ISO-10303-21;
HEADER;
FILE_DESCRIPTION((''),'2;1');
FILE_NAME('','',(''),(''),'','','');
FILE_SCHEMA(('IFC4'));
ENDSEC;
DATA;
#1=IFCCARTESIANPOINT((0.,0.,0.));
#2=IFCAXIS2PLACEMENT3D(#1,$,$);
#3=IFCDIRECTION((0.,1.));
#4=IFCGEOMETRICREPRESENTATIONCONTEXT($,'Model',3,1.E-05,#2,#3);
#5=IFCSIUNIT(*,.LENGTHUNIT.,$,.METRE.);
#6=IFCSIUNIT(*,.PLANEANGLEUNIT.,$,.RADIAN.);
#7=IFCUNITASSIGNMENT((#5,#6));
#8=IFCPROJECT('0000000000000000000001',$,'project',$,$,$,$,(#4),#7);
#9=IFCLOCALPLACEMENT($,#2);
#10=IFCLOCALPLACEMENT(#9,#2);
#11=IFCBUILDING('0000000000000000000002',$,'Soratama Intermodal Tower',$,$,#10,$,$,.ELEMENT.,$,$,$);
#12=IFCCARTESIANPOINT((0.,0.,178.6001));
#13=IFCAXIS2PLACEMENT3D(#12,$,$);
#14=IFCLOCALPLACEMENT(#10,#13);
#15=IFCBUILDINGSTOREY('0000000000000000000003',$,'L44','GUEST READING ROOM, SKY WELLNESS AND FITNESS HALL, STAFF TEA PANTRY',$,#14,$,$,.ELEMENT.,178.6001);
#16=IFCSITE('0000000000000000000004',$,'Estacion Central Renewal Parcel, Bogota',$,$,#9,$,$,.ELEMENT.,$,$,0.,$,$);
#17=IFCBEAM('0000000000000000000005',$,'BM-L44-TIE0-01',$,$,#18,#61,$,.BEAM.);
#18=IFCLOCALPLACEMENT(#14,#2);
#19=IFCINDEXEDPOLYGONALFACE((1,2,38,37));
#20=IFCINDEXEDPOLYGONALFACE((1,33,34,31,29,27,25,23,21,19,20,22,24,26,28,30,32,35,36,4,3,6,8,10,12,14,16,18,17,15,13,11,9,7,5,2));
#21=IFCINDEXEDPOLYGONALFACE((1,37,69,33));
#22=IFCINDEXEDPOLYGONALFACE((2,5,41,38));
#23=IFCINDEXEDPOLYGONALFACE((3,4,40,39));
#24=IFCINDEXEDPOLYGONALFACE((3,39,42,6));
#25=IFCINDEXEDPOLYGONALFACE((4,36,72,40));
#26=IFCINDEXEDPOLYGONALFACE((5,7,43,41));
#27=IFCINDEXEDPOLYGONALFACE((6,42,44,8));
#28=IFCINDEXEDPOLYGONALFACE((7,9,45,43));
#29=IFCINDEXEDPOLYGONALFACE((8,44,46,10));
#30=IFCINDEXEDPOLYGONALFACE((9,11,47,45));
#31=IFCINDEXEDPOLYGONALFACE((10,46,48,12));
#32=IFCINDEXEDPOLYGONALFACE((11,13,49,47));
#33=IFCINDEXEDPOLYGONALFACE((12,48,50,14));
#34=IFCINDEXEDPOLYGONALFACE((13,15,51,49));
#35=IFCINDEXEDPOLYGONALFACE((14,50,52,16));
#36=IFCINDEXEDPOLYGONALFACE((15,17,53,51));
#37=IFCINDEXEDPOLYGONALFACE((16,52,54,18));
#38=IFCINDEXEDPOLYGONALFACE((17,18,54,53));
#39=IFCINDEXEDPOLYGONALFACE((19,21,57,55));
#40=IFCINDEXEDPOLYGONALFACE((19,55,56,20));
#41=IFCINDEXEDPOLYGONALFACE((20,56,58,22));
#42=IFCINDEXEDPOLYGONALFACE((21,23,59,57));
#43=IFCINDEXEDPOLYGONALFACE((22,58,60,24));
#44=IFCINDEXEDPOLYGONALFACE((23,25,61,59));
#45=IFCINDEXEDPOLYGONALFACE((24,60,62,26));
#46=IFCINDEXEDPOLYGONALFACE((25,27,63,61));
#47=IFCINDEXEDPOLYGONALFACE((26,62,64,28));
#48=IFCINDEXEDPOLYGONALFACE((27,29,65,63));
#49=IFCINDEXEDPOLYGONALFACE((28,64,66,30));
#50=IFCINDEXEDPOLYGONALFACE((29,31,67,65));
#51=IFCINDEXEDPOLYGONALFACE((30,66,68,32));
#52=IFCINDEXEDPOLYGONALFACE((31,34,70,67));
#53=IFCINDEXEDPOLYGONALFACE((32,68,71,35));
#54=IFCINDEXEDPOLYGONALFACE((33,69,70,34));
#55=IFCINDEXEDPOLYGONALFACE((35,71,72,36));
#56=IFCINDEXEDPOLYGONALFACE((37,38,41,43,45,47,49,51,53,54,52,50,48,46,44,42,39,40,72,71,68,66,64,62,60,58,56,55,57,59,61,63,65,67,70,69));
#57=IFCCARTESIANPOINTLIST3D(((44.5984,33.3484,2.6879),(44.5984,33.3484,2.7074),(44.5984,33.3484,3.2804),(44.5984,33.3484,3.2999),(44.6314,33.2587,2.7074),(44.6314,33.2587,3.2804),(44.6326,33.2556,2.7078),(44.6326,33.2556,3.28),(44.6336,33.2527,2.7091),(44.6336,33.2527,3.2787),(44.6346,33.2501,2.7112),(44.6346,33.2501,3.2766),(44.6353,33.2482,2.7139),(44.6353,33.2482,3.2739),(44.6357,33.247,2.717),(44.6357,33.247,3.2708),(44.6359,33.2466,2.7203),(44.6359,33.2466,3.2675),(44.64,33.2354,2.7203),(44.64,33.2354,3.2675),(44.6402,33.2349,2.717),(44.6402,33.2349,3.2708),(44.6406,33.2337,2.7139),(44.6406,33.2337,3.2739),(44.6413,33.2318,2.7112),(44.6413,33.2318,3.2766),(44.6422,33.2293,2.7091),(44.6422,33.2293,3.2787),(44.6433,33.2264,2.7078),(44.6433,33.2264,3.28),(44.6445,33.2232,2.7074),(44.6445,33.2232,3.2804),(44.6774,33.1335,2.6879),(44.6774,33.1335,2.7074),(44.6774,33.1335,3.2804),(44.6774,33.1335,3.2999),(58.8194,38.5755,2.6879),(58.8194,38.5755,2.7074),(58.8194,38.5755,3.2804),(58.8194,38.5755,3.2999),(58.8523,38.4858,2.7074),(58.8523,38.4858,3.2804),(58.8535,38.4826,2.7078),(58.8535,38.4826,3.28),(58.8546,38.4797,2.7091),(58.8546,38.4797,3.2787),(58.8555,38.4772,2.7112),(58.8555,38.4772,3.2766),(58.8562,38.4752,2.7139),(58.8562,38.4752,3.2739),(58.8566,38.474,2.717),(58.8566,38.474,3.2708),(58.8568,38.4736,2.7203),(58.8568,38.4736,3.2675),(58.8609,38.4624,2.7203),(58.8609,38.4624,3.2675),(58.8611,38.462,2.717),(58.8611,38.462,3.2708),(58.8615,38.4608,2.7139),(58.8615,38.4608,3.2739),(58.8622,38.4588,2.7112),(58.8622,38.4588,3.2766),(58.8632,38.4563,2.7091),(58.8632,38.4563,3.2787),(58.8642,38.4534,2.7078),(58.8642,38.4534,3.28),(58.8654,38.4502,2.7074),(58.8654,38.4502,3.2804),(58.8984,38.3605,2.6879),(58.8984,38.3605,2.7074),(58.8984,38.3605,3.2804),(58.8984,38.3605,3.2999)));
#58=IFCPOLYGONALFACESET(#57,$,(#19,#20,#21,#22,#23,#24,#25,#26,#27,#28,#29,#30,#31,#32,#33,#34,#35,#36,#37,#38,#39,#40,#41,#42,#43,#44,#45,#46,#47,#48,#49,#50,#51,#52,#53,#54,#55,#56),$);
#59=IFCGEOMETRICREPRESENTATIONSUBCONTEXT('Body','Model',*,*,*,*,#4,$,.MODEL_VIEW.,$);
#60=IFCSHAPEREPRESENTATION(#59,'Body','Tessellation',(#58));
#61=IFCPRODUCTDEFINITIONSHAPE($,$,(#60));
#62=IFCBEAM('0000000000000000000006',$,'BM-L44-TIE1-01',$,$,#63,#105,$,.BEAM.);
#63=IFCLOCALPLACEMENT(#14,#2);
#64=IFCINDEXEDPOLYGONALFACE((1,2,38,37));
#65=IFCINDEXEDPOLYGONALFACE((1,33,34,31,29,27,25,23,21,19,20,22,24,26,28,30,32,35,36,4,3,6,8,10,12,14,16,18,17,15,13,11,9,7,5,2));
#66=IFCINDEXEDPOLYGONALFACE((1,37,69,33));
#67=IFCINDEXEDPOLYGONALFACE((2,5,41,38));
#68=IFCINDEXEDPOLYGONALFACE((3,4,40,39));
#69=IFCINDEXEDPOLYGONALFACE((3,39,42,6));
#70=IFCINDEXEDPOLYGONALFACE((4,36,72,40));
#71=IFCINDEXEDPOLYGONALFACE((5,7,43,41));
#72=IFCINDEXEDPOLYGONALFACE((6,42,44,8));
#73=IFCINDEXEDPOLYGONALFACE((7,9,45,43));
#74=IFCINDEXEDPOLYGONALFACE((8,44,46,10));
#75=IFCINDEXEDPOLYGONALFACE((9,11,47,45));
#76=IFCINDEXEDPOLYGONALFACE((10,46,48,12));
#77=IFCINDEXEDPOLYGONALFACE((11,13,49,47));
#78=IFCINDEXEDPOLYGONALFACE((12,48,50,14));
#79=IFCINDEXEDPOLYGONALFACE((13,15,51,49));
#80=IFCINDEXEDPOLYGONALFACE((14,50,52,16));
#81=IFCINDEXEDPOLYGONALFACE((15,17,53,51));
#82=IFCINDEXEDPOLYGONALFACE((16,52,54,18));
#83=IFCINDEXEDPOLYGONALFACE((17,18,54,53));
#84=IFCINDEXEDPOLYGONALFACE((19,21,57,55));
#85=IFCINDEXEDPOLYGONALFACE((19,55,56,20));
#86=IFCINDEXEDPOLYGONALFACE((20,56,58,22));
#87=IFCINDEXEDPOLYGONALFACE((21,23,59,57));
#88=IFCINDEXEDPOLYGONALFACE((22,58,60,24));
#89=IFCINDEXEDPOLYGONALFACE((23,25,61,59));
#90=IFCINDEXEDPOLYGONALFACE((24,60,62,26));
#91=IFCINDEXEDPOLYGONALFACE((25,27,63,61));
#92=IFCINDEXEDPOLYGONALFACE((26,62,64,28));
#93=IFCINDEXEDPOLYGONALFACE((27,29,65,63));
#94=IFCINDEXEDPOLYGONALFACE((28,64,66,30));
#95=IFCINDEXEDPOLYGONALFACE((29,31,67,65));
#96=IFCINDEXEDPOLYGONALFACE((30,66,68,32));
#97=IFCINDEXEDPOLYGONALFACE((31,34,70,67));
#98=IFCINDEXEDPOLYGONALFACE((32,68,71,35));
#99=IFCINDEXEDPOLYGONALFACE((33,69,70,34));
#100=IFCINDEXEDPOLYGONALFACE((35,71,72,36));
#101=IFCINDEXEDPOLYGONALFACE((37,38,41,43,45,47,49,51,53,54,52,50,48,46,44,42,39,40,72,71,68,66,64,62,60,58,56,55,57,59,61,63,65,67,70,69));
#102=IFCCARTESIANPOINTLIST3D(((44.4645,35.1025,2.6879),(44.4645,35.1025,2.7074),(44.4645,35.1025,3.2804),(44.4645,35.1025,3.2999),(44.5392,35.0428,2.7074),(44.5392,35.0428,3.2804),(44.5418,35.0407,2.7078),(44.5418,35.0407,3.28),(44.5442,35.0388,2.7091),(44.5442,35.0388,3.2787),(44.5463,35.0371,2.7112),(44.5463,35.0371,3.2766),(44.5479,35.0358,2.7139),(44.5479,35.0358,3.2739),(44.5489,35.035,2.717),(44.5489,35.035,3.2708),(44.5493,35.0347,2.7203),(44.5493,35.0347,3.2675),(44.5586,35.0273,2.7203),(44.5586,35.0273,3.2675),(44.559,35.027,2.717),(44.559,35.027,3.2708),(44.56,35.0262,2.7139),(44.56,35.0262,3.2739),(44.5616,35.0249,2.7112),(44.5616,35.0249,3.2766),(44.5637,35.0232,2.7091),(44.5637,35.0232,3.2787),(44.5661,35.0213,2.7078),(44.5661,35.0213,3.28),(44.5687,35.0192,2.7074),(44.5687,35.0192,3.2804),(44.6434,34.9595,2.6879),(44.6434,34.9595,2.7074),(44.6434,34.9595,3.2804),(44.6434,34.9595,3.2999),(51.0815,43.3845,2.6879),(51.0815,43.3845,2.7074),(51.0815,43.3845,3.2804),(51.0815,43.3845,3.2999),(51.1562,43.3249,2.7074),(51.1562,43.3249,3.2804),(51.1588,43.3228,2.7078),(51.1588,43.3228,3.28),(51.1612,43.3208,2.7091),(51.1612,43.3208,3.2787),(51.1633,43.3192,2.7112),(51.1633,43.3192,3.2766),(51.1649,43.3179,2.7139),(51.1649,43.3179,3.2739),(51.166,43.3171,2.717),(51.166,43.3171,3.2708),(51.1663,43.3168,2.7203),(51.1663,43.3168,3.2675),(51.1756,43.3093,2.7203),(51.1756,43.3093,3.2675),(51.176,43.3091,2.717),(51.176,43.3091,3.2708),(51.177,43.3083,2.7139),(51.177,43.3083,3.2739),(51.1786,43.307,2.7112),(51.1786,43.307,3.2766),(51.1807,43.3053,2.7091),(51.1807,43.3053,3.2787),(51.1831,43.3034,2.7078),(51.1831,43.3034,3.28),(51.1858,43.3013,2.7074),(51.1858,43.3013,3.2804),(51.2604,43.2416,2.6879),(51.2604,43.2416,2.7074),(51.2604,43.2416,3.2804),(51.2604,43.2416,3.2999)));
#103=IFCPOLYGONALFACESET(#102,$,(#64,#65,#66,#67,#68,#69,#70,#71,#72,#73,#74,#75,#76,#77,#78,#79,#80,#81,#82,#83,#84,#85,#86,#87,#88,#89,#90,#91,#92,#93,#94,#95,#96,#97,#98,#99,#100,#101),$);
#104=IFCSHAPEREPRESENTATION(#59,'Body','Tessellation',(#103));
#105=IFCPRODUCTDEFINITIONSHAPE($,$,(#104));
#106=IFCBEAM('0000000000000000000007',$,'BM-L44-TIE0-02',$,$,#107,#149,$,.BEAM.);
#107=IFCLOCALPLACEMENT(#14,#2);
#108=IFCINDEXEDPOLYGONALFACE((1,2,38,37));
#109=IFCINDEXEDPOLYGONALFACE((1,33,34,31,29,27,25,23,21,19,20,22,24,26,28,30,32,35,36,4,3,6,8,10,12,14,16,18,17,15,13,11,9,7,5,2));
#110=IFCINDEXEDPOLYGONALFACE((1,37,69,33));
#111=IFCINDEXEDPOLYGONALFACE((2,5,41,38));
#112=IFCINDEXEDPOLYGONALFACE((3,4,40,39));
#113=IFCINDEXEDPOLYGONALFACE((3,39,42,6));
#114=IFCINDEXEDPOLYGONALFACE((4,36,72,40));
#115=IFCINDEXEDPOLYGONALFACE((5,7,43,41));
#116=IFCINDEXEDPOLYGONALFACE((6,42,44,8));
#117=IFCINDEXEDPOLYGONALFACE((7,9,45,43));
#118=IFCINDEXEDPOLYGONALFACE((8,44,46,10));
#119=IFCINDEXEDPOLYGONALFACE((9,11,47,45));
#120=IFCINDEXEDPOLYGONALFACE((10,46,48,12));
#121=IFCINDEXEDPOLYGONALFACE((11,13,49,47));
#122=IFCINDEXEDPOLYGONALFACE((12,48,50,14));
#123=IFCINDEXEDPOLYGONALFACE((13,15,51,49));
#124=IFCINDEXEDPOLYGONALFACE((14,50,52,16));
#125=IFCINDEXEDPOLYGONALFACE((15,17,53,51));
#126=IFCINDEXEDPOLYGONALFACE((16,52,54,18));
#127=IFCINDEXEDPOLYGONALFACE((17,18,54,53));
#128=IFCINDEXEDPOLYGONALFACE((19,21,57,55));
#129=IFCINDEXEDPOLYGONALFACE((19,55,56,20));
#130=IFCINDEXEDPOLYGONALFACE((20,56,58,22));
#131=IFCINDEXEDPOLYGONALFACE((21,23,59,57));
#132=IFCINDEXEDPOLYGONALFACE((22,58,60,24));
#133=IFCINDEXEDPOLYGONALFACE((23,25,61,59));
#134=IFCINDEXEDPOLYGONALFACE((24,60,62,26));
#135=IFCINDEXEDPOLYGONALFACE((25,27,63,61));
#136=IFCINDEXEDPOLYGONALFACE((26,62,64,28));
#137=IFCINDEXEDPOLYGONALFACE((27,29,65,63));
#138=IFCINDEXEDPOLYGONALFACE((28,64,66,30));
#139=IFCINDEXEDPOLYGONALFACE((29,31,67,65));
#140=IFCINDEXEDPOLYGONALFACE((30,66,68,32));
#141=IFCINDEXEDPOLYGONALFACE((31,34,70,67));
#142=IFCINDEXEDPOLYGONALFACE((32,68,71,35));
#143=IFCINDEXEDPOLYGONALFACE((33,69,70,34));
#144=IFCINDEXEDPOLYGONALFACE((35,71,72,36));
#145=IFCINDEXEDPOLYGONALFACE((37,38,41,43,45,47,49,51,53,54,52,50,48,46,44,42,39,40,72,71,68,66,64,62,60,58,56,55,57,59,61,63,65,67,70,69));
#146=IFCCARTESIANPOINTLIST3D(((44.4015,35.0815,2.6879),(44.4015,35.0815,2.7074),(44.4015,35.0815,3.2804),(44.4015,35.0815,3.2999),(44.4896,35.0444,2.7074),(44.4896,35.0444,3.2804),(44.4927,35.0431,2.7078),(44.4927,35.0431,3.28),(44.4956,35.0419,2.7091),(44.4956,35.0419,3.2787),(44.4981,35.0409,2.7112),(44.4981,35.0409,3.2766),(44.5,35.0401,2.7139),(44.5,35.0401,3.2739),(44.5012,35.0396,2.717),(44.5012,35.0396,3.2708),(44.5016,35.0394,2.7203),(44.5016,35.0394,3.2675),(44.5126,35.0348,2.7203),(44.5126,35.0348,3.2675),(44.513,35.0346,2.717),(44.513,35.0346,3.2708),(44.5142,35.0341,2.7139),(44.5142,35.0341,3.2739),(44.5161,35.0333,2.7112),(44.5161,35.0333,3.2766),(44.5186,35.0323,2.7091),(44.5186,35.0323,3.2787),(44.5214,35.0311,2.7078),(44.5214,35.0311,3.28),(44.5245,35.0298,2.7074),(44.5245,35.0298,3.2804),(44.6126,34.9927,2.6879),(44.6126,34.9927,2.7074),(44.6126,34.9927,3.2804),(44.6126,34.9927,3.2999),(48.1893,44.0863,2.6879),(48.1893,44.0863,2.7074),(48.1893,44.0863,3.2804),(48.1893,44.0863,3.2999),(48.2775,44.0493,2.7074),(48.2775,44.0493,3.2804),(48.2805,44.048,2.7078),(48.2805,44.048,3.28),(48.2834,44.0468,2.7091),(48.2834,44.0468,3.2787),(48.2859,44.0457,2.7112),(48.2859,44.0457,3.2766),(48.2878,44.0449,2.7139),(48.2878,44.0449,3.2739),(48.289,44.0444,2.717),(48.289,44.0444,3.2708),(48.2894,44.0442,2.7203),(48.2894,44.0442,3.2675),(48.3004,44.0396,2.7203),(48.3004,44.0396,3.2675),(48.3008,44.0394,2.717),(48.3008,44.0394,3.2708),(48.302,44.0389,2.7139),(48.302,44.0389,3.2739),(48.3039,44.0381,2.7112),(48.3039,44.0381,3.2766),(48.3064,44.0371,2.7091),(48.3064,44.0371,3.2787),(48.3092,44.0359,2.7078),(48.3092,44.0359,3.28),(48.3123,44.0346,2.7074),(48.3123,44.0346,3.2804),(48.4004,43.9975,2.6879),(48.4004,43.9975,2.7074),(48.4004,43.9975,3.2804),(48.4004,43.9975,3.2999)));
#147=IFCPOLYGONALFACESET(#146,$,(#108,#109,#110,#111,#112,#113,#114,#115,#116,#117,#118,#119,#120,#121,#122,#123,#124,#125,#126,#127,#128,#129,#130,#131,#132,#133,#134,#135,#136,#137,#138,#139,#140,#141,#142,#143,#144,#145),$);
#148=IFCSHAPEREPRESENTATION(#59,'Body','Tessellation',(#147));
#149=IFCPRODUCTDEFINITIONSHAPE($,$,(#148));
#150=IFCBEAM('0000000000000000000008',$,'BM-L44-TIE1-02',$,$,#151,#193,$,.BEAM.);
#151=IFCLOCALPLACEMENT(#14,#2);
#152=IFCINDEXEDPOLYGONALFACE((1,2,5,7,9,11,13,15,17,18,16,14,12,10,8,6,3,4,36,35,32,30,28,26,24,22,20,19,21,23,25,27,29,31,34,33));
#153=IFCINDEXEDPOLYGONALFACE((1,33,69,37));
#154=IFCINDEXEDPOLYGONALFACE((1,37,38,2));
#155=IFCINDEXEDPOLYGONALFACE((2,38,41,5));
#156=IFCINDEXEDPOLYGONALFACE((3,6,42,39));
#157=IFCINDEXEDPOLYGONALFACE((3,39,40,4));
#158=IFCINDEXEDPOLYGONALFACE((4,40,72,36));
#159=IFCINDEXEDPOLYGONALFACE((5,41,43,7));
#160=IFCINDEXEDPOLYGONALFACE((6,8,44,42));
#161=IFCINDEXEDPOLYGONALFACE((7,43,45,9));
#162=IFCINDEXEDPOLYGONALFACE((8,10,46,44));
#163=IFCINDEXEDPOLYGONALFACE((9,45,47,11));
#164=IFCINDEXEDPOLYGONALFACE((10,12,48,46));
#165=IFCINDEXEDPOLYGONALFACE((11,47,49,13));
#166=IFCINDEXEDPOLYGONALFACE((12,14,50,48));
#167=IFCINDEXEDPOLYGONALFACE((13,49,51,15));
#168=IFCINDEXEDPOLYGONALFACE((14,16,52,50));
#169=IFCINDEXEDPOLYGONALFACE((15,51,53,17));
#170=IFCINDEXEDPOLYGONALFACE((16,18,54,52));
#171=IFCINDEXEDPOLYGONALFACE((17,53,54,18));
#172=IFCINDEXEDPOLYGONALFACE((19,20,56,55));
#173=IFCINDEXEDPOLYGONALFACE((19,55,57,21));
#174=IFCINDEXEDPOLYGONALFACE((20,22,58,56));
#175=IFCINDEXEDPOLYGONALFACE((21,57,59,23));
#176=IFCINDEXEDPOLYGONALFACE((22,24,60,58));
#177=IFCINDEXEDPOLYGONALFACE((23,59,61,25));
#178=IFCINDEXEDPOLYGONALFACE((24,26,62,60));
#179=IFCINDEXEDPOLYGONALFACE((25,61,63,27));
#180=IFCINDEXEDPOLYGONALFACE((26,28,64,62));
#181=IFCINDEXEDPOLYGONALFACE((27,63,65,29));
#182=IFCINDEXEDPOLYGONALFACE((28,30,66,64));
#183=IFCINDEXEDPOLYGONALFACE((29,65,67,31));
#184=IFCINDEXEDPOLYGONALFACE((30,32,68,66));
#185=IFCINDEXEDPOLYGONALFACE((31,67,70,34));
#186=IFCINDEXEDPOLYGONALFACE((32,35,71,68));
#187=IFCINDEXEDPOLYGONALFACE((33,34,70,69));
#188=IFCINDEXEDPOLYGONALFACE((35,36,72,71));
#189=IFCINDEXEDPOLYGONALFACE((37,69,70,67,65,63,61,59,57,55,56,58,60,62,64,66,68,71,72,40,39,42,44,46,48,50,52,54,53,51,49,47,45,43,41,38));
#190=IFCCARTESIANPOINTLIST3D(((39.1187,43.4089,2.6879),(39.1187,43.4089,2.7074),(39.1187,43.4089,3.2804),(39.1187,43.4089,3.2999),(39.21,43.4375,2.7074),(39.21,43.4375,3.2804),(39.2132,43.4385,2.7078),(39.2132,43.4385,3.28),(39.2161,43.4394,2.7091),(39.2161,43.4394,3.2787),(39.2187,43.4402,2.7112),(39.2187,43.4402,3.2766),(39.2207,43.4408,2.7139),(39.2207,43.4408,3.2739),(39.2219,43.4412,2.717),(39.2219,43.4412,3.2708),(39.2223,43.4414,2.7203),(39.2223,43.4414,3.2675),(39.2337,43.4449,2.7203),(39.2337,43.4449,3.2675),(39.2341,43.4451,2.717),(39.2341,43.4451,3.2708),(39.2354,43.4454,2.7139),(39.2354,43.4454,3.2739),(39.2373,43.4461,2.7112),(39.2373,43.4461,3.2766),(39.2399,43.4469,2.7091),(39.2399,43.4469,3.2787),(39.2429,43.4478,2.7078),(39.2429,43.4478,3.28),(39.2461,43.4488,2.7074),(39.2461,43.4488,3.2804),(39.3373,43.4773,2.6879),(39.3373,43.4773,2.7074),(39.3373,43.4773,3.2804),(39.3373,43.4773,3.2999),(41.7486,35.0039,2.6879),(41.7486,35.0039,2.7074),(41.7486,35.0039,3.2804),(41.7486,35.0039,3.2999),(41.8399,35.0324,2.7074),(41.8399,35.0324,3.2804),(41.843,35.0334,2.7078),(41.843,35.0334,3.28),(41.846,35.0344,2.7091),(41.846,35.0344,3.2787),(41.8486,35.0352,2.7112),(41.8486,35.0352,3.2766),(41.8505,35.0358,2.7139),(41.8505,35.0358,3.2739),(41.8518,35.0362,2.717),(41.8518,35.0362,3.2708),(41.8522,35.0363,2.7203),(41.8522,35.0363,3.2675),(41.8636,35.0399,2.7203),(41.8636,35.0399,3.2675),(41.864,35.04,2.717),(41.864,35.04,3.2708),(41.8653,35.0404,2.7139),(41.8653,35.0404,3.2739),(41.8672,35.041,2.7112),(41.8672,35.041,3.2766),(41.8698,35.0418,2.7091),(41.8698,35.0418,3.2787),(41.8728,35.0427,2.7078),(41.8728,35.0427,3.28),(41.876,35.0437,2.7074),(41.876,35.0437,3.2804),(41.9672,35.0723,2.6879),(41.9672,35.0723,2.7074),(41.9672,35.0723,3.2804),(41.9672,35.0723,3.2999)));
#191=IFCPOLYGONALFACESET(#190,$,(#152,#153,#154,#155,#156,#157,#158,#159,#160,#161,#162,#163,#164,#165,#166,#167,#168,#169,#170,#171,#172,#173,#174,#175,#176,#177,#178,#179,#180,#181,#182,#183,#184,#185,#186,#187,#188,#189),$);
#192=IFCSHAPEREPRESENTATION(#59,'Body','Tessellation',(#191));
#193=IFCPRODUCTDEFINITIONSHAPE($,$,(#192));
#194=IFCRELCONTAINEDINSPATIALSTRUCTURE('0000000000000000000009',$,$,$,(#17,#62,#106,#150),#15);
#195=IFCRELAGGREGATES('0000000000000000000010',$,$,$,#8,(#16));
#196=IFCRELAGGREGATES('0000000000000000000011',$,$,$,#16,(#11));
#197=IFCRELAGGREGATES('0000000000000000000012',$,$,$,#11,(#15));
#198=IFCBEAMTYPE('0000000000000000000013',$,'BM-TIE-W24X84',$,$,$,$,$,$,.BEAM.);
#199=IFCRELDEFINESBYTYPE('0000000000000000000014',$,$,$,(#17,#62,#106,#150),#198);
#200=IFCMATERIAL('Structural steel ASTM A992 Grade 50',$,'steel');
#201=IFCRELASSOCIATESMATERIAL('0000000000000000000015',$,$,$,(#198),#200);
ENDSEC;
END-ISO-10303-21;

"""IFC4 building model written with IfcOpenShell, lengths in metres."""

from ifc_helpers import new_model, si_unit, direction, frame, origin, origin_2d, place, context, subcontext, project, spatial, i_section, extrude, material, material_profile, profile_set, type_object, element, save


model = new_model("IFC4")

# Units and contexts
model_context = context("Model", 3, precision=1e-05, world=origin(), true_north=direction((0.0, 1.0)))
body_context = subcontext(model_context, "Body", "Model", "MODEL_VIEW")
ifc_project = project(units=[si_unit("LENGTHUNIT", "METRE"), si_unit("PLANEANGLEUNIT", "RADIAN")], contexts=[model_context])

# Site, building, storey
site_placement = place(None, origin())
site = spatial("IfcSite", under=ifc_project, at=site_placement, Name="Estacion Central Renewal Parcel, Bogota", CompositionType="ELEMENT", RefElevation=0.0)
building_placement = place(site_placement, origin())
building = spatial("IfcBuilding", under=site, at=building_placement, Name="Soratama Intermodal Tower", CompositionType="ELEMENT")
storey_placement = place(building_placement, frame((0.0, 0.0, 178.6001)))
storey = spatial("IfcBuildingStorey", under=building, at=storey_placement, Name="L44", Description="GUEST READING ROOM, SKY WELLNESS AND FITNESS HALL, STAFF TEA PANTRY", CompositionType="ELEMENT", Elevation=178.6001)

# Beams
ifc_material_1 = material(Name="Structural steel ASTM A992 Grade 50", Category="steel")
ifc_material_profile_1 = material_profile(ifc_material_1, i_section(OverallWidth=0.229, OverallDepth=0.6121, WebThickness=0.012, FlangeThickness=0.0195, FilletRadius=0.0129, at=origin_2d()), Name="W24X84")
ifc_profile_set_1 = profile_set([ifc_material_profile_1], Name="Structural steel ASTM A992 Grade 50")
beam_type_1 = type_object("IfcBeamType", Name="BM-TIE-W24X84", PredefinedType="BEAM", material=ifc_profile_set_1)
beam_1_placement = place(storey_placement, frame((44.6379, 33.241, 2.9939), z_axis=(0.938605, 0.344994, 0.0), x_axis=(-0.344994, 0.938605, 0.0)))
element("IfcBeam", 1, at=beam_1_placement, inside=storey, type_object=beam_type_1, Name="BM-L44-TIE0-01", PredefinedType="BEAM", context=body_context, shape_type="SweptSolid", body=[
    extrude(i_section(OverallWidth=0.229, OverallDepth=0.6121, WebThickness=0.012, FlangeThickness=0.0195, FilletRadius=0.0129, at=origin_2d()), origin(), (0.0, 0.0, 1.0), 15.1511),
])
beam_2_placement = place(storey_placement, frame((44.554, 35.031, 2.9939), z_axis=(0.624198, 0.781266, 0.0), x_axis=(-0.781266, 0.624198, 0.0)))
element("IfcBeam", 2, at=beam_2_placement, inside=storey, type_object=beam_type_1, Name="BM-L44-TIE1-01", PredefinedType="BEAM", context=body_context, shape_type="SweptSolid", body=[
    extrude(i_section(OverallWidth=0.229, OverallDepth=0.6121, WebThickness=0.012, FlangeThickness=0.0195, FilletRadius=0.0129, at=origin_2d()), origin(), (0.0, 0.0, 1.0), 10.6008),
])
beam_3_placement = place(storey_placement, frame((44.5071, 35.0371, 2.9939), z_axis=(0.387736, 0.92177, 0.0), x_axis=(-0.92177, 0.387736, 0.0)))
element("IfcBeam", 3, at=beam_3_placement, inside=storey, type_object=beam_type_1, Name="BM-L44-TIE0-02", PredefinedType="BEAM", context=body_context, shape_type="SweptSolid", body=[
    extrude(i_section(OverallWidth=0.229, OverallDepth=0.6121, WebThickness=0.012, FlangeThickness=0.0195, FilletRadius=0.0129, at=origin_2d()), origin(), (0.0, 0.0, 1.0), 9.769),
])
beam_4_placement = place(storey_placement, frame((41.8579, 35.0381, 2.9939), z_axis=(-0.298617, 0.954373, 0.0), x_axis=(-0.954373, -0.298617, 0.0)))
element("IfcBeam", 4, at=beam_4_placement, inside=storey, type_object=beam_type_1, Name="BM-L44-TIE1-02", PredefinedType="BEAM", context=body_context, shape_type="SweptSolid", body=[
    extrude(i_section(OverallWidth=0.229, OverallDepth=0.6121, WebThickness=0.012, FlangeThickness=0.0195, FilletRadius=0.0129, at=origin_2d()), origin(), (0.0, 0.0, 1.0), 8.8069),
])

save(model, "model.ifc")
